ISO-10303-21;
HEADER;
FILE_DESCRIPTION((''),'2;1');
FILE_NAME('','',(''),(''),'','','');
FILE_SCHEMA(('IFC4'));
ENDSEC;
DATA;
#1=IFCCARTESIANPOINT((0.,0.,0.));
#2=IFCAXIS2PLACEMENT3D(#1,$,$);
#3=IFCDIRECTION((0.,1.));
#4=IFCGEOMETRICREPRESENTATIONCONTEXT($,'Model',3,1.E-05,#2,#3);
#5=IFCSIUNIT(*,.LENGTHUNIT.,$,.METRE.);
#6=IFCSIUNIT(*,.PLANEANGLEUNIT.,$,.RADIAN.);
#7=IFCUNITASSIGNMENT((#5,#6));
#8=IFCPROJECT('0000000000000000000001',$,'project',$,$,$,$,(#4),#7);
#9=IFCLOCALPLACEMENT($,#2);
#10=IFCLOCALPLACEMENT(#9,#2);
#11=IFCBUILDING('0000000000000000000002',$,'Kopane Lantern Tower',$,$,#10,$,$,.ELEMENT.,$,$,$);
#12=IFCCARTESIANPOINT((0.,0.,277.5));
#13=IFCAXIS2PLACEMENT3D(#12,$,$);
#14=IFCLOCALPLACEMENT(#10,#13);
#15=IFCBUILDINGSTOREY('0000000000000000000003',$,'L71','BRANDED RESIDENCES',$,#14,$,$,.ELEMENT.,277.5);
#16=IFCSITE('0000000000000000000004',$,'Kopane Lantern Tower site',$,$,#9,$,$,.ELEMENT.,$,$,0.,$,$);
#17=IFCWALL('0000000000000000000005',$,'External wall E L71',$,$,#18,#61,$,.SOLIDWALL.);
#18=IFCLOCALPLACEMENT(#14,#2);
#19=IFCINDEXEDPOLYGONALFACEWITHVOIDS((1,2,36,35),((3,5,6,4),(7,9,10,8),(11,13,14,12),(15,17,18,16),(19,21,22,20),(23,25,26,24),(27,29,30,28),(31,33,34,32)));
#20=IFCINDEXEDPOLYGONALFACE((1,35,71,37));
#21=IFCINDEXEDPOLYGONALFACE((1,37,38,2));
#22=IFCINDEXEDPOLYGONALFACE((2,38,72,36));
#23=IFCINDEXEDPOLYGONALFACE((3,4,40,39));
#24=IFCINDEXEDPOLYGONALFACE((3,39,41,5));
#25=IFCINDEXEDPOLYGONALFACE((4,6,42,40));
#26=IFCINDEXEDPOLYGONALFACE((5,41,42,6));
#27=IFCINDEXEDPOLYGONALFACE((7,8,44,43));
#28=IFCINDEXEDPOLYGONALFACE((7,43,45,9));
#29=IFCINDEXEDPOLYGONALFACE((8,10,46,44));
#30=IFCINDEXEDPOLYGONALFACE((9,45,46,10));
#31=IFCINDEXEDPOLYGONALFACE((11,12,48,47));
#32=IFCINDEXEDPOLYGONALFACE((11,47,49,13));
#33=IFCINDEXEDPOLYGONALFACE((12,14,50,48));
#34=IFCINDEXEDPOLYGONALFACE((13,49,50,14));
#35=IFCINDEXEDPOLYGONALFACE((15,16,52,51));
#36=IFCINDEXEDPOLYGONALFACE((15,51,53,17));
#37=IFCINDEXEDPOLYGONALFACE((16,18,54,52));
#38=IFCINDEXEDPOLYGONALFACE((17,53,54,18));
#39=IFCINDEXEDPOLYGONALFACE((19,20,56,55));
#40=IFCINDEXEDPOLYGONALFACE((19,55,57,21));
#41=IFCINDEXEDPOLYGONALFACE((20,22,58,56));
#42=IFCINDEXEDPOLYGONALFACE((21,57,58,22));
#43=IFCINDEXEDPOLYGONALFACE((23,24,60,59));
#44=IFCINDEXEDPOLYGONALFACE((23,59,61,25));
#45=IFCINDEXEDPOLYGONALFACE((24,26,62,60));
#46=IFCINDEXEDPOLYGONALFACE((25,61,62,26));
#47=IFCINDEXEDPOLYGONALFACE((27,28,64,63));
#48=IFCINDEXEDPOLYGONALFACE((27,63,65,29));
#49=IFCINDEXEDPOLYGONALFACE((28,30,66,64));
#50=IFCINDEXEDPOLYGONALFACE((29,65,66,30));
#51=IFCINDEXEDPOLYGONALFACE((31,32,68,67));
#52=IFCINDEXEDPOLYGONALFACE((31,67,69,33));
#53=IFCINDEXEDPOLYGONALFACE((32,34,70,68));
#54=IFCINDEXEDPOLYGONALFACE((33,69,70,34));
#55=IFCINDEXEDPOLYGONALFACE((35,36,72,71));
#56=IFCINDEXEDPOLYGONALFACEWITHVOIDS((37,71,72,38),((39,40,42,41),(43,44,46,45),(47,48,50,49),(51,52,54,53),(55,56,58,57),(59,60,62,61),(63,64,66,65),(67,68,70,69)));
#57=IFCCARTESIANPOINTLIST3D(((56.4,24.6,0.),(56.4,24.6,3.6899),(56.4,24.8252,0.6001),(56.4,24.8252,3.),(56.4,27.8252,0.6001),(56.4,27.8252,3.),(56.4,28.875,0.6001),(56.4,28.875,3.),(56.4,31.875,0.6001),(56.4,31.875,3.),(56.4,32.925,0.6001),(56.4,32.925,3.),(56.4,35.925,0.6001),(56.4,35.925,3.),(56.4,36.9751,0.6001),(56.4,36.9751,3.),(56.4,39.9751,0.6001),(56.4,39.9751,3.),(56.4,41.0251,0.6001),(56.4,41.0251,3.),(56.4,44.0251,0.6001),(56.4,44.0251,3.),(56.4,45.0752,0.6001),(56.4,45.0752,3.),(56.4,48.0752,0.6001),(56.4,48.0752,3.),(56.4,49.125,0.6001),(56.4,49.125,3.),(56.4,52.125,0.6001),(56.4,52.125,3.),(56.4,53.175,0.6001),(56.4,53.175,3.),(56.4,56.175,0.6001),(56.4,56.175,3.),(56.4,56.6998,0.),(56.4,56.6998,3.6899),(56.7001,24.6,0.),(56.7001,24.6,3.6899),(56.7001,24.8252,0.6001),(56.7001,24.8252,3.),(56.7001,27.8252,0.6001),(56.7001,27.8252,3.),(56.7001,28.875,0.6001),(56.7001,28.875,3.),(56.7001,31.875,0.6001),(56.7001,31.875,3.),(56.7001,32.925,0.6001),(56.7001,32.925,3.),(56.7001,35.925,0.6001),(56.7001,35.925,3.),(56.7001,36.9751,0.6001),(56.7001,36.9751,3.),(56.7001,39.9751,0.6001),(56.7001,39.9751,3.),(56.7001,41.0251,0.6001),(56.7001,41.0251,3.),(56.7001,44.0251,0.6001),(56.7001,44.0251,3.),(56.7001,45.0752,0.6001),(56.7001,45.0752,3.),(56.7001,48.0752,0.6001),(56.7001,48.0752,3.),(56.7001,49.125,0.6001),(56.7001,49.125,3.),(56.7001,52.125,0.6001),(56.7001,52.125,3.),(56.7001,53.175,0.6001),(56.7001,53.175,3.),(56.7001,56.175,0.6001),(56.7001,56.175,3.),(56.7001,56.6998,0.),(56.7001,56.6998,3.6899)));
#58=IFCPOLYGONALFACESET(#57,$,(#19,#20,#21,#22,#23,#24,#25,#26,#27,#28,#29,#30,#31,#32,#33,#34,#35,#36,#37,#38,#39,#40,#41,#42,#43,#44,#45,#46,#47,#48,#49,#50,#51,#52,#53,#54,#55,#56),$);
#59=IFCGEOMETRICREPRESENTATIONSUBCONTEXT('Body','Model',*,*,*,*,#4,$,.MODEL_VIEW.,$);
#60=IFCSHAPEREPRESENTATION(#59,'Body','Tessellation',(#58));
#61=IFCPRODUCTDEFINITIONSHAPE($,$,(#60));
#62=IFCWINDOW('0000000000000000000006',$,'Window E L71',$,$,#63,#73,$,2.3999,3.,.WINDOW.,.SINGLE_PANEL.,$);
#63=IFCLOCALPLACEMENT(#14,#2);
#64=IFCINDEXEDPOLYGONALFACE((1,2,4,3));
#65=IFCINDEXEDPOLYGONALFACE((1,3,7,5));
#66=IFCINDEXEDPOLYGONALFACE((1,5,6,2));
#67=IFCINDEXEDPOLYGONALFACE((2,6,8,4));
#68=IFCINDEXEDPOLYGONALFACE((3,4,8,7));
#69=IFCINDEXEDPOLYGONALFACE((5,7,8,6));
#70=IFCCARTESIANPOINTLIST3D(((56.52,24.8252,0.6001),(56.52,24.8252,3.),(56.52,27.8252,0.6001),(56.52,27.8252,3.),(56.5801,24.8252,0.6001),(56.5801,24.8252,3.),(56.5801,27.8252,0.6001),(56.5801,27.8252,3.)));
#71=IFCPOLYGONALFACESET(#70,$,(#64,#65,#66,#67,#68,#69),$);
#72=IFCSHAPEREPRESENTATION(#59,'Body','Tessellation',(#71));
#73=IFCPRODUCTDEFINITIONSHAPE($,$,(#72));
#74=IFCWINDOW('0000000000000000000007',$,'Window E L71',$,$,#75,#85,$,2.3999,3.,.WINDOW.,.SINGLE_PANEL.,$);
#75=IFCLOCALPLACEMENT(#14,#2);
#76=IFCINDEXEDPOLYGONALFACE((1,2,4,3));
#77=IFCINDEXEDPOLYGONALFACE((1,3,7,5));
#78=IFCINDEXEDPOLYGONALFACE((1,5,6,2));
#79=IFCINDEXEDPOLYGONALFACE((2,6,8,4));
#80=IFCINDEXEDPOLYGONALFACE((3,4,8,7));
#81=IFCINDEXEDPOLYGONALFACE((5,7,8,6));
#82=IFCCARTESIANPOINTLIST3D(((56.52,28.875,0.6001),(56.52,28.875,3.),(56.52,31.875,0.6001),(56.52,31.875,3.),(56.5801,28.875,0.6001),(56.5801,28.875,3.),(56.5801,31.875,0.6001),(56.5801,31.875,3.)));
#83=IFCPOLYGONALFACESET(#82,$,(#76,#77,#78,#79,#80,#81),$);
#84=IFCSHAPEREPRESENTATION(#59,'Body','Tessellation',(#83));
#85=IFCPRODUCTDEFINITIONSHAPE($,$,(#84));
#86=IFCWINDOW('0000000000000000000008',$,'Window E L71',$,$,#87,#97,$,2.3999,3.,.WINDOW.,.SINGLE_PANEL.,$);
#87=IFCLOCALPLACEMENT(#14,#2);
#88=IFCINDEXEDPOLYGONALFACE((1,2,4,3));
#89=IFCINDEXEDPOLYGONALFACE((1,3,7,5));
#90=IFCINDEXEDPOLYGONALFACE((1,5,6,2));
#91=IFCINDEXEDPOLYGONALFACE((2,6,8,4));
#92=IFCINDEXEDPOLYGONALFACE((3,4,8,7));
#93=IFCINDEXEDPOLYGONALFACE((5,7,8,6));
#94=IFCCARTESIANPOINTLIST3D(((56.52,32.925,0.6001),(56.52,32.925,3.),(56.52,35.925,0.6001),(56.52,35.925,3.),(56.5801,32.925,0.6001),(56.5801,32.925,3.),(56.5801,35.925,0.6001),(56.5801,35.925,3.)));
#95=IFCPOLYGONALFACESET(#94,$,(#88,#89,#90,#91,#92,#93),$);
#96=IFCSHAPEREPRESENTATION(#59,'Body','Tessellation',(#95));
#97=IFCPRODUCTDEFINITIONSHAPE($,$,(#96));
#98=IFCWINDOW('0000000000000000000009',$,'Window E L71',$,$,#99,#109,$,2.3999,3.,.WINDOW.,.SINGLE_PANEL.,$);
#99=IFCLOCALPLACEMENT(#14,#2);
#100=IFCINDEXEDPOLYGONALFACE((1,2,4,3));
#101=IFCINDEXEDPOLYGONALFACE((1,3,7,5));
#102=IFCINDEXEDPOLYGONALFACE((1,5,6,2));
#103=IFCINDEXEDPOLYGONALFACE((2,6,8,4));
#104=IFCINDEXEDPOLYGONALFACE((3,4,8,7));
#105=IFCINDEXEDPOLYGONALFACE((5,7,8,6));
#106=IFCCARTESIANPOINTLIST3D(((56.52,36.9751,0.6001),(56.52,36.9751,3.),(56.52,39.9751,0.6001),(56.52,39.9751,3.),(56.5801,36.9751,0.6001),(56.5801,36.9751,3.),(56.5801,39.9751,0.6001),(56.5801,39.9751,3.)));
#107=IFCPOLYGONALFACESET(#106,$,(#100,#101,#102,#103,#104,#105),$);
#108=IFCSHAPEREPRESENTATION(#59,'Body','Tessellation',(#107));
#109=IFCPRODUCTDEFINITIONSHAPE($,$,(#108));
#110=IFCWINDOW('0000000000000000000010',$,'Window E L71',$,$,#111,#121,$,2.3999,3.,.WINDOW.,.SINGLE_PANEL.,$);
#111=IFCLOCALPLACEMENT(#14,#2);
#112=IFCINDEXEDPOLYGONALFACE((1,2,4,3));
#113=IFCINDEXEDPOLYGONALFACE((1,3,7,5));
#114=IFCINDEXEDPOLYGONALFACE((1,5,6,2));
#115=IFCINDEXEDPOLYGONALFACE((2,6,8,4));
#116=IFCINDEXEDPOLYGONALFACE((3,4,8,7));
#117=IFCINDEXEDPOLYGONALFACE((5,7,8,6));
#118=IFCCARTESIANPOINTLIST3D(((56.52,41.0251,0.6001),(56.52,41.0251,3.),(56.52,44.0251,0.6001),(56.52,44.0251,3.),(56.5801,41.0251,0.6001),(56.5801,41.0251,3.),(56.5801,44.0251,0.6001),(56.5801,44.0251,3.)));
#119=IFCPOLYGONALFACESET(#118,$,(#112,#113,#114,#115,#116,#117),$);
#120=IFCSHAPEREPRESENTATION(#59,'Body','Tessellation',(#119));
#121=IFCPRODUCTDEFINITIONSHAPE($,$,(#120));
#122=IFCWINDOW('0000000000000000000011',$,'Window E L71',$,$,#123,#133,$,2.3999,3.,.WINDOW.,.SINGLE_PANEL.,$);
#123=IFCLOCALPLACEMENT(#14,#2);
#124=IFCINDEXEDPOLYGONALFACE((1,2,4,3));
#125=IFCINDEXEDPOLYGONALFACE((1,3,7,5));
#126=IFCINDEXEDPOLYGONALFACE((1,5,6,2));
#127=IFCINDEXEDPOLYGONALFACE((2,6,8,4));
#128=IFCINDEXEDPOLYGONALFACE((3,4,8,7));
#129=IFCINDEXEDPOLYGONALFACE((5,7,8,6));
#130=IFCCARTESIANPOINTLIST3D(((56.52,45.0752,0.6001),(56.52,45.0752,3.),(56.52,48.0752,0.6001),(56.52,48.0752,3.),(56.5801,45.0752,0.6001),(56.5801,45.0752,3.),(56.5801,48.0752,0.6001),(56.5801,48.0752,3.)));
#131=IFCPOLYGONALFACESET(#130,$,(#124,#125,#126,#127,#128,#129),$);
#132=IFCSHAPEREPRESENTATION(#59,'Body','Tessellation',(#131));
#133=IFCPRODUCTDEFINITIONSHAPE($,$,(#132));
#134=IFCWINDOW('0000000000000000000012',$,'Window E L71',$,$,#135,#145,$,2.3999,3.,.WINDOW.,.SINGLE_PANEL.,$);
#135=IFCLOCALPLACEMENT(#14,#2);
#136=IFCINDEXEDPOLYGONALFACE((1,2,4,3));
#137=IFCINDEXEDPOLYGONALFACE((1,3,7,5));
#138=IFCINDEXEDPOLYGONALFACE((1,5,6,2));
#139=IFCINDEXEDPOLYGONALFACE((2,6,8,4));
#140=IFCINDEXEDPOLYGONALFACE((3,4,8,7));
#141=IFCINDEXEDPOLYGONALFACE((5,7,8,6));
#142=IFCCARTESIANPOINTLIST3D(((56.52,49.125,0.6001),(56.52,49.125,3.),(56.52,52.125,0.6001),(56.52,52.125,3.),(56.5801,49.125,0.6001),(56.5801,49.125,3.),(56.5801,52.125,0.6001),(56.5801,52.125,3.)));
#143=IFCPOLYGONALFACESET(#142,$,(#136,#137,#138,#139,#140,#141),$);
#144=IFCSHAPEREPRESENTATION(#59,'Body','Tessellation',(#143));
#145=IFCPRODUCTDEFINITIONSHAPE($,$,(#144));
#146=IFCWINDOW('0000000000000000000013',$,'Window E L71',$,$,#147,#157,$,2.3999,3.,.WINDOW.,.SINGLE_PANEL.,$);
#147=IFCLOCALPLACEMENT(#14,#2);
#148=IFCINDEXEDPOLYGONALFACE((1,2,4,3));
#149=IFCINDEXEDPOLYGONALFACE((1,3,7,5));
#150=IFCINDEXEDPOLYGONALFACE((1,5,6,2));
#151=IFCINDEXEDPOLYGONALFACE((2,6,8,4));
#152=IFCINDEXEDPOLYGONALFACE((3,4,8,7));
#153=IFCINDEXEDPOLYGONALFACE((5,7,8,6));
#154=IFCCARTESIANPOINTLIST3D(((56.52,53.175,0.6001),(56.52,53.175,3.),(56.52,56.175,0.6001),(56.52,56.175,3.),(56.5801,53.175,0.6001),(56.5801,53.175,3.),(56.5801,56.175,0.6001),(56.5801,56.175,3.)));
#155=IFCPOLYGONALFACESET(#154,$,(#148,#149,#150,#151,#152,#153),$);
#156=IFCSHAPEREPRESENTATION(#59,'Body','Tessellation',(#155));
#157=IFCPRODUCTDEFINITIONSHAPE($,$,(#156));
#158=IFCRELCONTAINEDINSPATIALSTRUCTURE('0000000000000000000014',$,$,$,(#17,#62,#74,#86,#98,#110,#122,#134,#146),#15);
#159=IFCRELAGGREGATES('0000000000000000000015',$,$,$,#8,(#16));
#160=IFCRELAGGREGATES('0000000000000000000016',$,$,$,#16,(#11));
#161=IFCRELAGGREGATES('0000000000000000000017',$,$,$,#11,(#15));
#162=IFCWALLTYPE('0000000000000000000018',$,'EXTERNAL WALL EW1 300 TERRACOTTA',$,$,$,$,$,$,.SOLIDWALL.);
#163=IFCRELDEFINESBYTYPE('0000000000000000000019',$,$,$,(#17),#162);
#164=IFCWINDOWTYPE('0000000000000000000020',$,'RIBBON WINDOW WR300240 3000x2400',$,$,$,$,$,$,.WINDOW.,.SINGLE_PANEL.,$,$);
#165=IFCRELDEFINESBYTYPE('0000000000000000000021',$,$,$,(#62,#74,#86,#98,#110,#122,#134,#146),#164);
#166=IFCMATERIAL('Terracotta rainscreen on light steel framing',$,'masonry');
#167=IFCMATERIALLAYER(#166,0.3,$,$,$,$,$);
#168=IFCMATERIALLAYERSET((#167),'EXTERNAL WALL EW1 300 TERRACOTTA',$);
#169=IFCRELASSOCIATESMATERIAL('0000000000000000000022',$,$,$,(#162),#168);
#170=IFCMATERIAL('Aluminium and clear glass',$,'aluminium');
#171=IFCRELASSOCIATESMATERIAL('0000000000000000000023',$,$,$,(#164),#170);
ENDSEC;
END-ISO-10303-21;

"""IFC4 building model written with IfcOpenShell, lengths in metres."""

from ifc_helpers import new_model, si_unit, direction, frame, frame_2d, origin, place, context, subcontext, project, spatial, rectangle, extrude, material, layer, layer_set, type_object, element, fill, save


model = new_model("IFC4")

# Units and contexts
model_context = context("Model", 3, precision=1e-05, world=origin(), true_north=direction((0.0, 1.0)))
body_context = subcontext(model_context, "Body", "Model", "MODEL_VIEW")
ifc_project = project(units=[si_unit("LENGTHUNIT", "METRE"), si_unit("PLANEANGLEUNIT", "RADIAN")], contexts=[model_context])

# Site, building, storey
site_placement = place(None, origin())
site = spatial("IfcSite", under=ifc_project, at=site_placement, Name="Kopane Lantern Tower site", CompositionType="ELEMENT", RefElevation=0.0)
building_placement = place(site_placement, origin())
building = spatial("IfcBuilding", under=site, at=building_placement, Name="Kopane Lantern Tower", CompositionType="ELEMENT")
storey_placement = place(building_placement, frame((0.0, 0.0, 277.5)))
storey = spatial("IfcBuildingStorey", under=building, at=storey_placement, Name="L71", Description="BRANDED RESIDENCES", CompositionType="ELEMENT", Elevation=277.5)

# Shared definitions
ifc_material_1 = material(Name="Terracotta rainscreen on light steel framing", Category="masonry")
ifc_layer_1 = layer(ifc_material_1, 0.3)
ifc_layer_set_1 = layer_set([ifc_layer_1], Name="EXTERNAL WALL EW1 300 TERRACOTTA")
wall_type_1 = type_object("IfcWallType", Name="EXTERNAL WALL EW1 300 TERRACOTTA", PredefinedType="SOLIDWALL", material=ifc_layer_set_1)

# Wall, openings, windows
wall_1_placement = place(storey_placement, frame((56.55, 24.6001, 0.0), z_axis=(0.0, 0.0, 1.0), x_axis=(0.0, 1.0, 0.0)))
wall_1 = element("IfcWall", 1, at=wall_1_placement, inside=storey, type_object=wall_type_1, Name="External wall E L71", PredefinedType="SOLIDWALL", context=body_context, shape_type="SweptSolid", body=[
    extrude(rectangle(XDim=32.0999, YDim=0.3, at=frame_2d((16.0498, 0.0))), origin(), (0.0, 0.0, 1.0), 3.6899),
])
opening_1_placement = place(wall_1_placement, frame((0.2251, 0.0, 0.6001)))
opening_1 = element("IfcOpeningElement", 2, at=opening_1_placement, cuts=wall_1, PredefinedType="OPENING", context=body_context, shape_type="SweptSolid", body=[
    extrude(rectangle(XDim=3.0, YDim=2.3999, at=frame_2d((1.5, 1.2))), frame((0.0, 0.1599, 0.0), z_axis=(0.0, -1.0, 0.0), x_axis=(1.0, 0.0, 0.0)), (0.0, 0.0, 1.0), 0.3201),
])
opening_2_placement = place(wall_1_placement, frame((4.2749, 0.0, 0.6001)))
opening_2 = element("IfcOpeningElement", 3, at=opening_2_placement, cuts=wall_1, PredefinedType="OPENING", context=body_context, shape_type="SweptSolid", body=[
    extrude(rectangle(XDim=3.0, YDim=2.3999, at=frame_2d((1.5, 1.2))), frame((0.0, 0.1599, 0.0), z_axis=(0.0, -1.0, 0.0), x_axis=(1.0, 0.0, 0.0)), (0.0, 0.0, 1.0), 0.3201),
])
opening_3_placement = place(wall_1_placement, frame((8.325, 0.0, 0.6001)))
opening_3 = element("IfcOpeningElement", 4, at=opening_3_placement, cuts=wall_1, PredefinedType="OPENING", context=body_context, shape_type="SweptSolid", body=[
    extrude(rectangle(XDim=3.0, YDim=2.3999, at=frame_2d((1.5, 1.2))), frame((0.0, 0.1599, 0.0), z_axis=(0.0, -1.0, 0.0), x_axis=(1.0, 0.0, 0.0)), (0.0, 0.0, 1.0), 0.3201),
])
opening_4_placement = place(wall_1_placement, frame((12.375, 0.0, 0.6001)))
opening_4 = element("IfcOpeningElement", 5, at=opening_4_placement, cuts=wall_1, PredefinedType="OPENING", context=body_context, shape_type="SweptSolid", body=[
    extrude(rectangle(XDim=3.0, YDim=2.3999, at=frame_2d((1.5, 1.2))), frame((0.0, 0.1599, 0.0), z_axis=(0.0, -1.0, 0.0), x_axis=(1.0, 0.0, 0.0)), (0.0, 0.0, 1.0), 0.3201),
])
opening_5_placement = place(wall_1_placement, frame((16.425, 0.0, 0.6001)))
opening_5 = element("IfcOpeningElement", 6, at=opening_5_placement, cuts=wall_1, PredefinedType="OPENING", context=body_context, shape_type="SweptSolid", body=[
    extrude(rectangle(XDim=3.0, YDim=2.3999, at=frame_2d((1.5, 1.2))), frame((0.0, 0.1599, 0.0), z_axis=(0.0, -1.0, 0.0), x_axis=(1.0, 0.0, 0.0)), (0.0, 0.0, 1.0), 0.3201),
])
opening_6_placement = place(wall_1_placement, frame((20.4751, 0.0, 0.6001)))
opening_6 = element("IfcOpeningElement", 7, at=opening_6_placement, cuts=wall_1, PredefinedType="OPENING", context=body_context, shape_type="SweptSolid", body=[
    extrude(rectangle(XDim=3.0, YDim=2.3999, at=frame_2d((1.5, 1.2))), frame((0.0, 0.1599, 0.0), z_axis=(0.0, -1.0, 0.0), x_axis=(1.0, 0.0, 0.0)), (0.0, 0.0, 1.0), 0.3201),
])
opening_7_placement = place(wall_1_placement, frame((24.5249, 0.0, 0.6001)))
opening_7 = element("IfcOpeningElement", 8, at=opening_7_placement, cuts=wall_1, PredefinedType="OPENING", context=body_context, shape_type="SweptSolid", body=[
    extrude(rectangle(XDim=3.0, YDim=2.3999, at=frame_2d((1.5, 1.2))), frame((0.0, 0.1599, 0.0), z_axis=(0.0, -1.0, 0.0), x_axis=(1.0, 0.0, 0.0)), (0.0, 0.0, 1.0), 0.3201),
])
opening_8_placement = place(wall_1_placement, frame((28.575, 0.0, 0.6001)))
opening_8 = element("IfcOpeningElement", 9, at=opening_8_placement, cuts=wall_1, PredefinedType="OPENING", context=body_context, shape_type="SweptSolid", body=[
    extrude(rectangle(XDim=3.0, YDim=2.3999, at=frame_2d((1.5, 1.2))), frame((0.0, 0.1599, 0.0), z_axis=(0.0, -1.0, 0.0), x_axis=(1.0, 0.0, 0.0)), (0.0, 0.0, 1.0), 0.3201),
])
ifc_material_2 = material(Name="Aluminium and clear glass", Category="aluminium")
window_type_1 = type_object("IfcWindowType", Name="RIBBON WINDOW WR300240 3000x2400", PartitioningType="SINGLE_PANEL", PredefinedType="WINDOW", material=ifc_material_2)
window_1_placement = place(opening_1_placement, origin())
window_1 = element("IfcWindow", 10, at=window_1_placement, inside=storey, type_object=window_type_1, Name="Window E L71", OverallHeight=2.3999, OverallWidth=3.0, PartitioningType="SINGLE_PANEL", PredefinedType="WINDOW", context=body_context, shape_type="SweptSolid", body=[
    extrude(rectangle(XDim=3.0, YDim=2.3999, at=frame_2d((1.5, 1.2))), frame((0.0, 0.03, 0.0), z_axis=(0.0, -1.0, 0.0), x_axis=(1.0, 0.0, 0.0)), (0.0, 0.0, 1.0), 0.0601),
])
fill(opening_1, window_1)
window_2_placement = place(opening_2_placement, origin())
window_2 = element("IfcWindow", 11, at=window_2_placement, inside=storey, type_object=window_type_1, Name="Window E L71", OverallHeight=2.3999, OverallWidth=3.0, PartitioningType="SINGLE_PANEL", PredefinedType="WINDOW", context=body_context, shape_type="SweptSolid", body=[
    extrude(rectangle(XDim=3.0, YDim=2.3999, at=frame_2d((1.5, 1.2))), frame((0.0, 0.03, 0.0), z_axis=(0.0, -1.0, 0.0), x_axis=(1.0, 0.0, 0.0)), (0.0, 0.0, 1.0), 0.0601),
])
fill(opening_2, window_2)
window_3_placement = place(opening_3_placement, origin())
window_3 = element("IfcWindow", 12, at=window_3_placement, inside=storey, type_object=window_type_1, Name="Window E L71", OverallHeight=2.3999, OverallWidth=3.0, PartitioningType="SINGLE_PANEL", PredefinedType="WINDOW", context=body_context, shape_type="SweptSolid", body=[
    extrude(rectangle(XDim=3.0, YDim=2.3999, at=frame_2d((1.5, 1.2))), frame((0.0, 0.03, 0.0), z_axis=(0.0, -1.0, 0.0), x_axis=(1.0, 0.0, 0.0)), (0.0, 0.0, 1.0), 0.0601),
])
fill(opening_3, window_3)
window_4_placement = place(opening_4_placement, origin())
window_4 = element("IfcWindow", 13, at=window_4_placement, inside=storey, type_object=window_type_1, Name="Window E L71", OverallHeight=2.3999, OverallWidth=3.0, PartitioningType="SINGLE_PANEL", PredefinedType="WINDOW", context=body_context, shape_type="SweptSolid", body=[
    extrude(rectangle(XDim=3.0, YDim=2.3999, at=frame_2d((1.5, 1.2))), frame((0.0, 0.03, 0.0), z_axis=(0.0, -1.0, 0.0), x_axis=(1.0, 0.0, 0.0)), (0.0, 0.0, 1.0), 0.0601),
])
fill(opening_4, window_4)
window_5_placement = place(opening_5_placement, origin())
window_5 = element("IfcWindow", 14, at=window_5_placement, inside=storey, type_object=window_type_1, Name="Window E L71", OverallHeight=2.3999, OverallWidth=3.0, PartitioningType="SINGLE_PANEL", PredefinedType="WINDOW", context=body_context, shape_type="SweptSolid", body=[
    extrude(rectangle(XDim=3.0, YDim=2.3999, at=frame_2d((1.5, 1.2))), frame((0.0, 0.03, 0.0), z_axis=(0.0, -1.0, 0.0), x_axis=(1.0, 0.0, 0.0)), (0.0, 0.0, 1.0), 0.0601),
])
fill(opening_5, window_5)
window_6_placement = place(opening_6_placement, origin())
window_6 = element("IfcWindow", 15, at=window_6_placement, inside=storey, type_object=window_type_1, Name="Window E L71", OverallHeight=2.3999, OverallWidth=3.0, PartitioningType="SINGLE_PANEL", PredefinedType="WINDOW", context=body_context, shape_type="SweptSolid", body=[
    extrude(rectangle(XDim=3.0, YDim=2.3999, at=frame_2d((1.5, 1.2))), frame((0.0, 0.03, 0.0), z_axis=(0.0, -1.0, 0.0), x_axis=(1.0, 0.0, 0.0)), (0.0, 0.0, 1.0), 0.0601),
])
fill(opening_6, window_6)
window_7_placement = place(opening_7_placement, origin())
window_7 = element("IfcWindow", 16, at=window_7_placement, inside=storey, type_object=window_type_1, Name="Window E L71", OverallHeight=2.3999, OverallWidth=3.0, PartitioningType="SINGLE_PANEL", PredefinedType="WINDOW", context=body_context, shape_type="SweptSolid", body=[
    extrude(rectangle(XDim=3.0, YDim=2.3999, at=frame_2d((1.5, 1.2))), frame((0.0, 0.03, 0.0), z_axis=(0.0, -1.0, 0.0), x_axis=(1.0, 0.0, 0.0)), (0.0, 0.0, 1.0), 0.0601),
])
fill(opening_7, window_7)
window_8_placement = place(opening_8_placement, origin())
window_8 = element("IfcWindow", 17, at=window_8_placement, inside=storey, type_object=window_type_1, Name="Window E L71", OverallHeight=2.3999, OverallWidth=3.0, PartitioningType="SINGLE_PANEL", PredefinedType="WINDOW", context=body_context, shape_type="SweptSolid", body=[
    extrude(rectangle(XDim=3.0, YDim=2.3999, at=frame_2d((1.5, 1.2))), frame((0.0, 0.03, 0.0), z_axis=(0.0, -1.0, 0.0), x_axis=(1.0, 0.0, 0.0)), (0.0, 0.0, 1.0), 0.0601),
])
fill(opening_8, window_8)

save(model, "model.ifc")
